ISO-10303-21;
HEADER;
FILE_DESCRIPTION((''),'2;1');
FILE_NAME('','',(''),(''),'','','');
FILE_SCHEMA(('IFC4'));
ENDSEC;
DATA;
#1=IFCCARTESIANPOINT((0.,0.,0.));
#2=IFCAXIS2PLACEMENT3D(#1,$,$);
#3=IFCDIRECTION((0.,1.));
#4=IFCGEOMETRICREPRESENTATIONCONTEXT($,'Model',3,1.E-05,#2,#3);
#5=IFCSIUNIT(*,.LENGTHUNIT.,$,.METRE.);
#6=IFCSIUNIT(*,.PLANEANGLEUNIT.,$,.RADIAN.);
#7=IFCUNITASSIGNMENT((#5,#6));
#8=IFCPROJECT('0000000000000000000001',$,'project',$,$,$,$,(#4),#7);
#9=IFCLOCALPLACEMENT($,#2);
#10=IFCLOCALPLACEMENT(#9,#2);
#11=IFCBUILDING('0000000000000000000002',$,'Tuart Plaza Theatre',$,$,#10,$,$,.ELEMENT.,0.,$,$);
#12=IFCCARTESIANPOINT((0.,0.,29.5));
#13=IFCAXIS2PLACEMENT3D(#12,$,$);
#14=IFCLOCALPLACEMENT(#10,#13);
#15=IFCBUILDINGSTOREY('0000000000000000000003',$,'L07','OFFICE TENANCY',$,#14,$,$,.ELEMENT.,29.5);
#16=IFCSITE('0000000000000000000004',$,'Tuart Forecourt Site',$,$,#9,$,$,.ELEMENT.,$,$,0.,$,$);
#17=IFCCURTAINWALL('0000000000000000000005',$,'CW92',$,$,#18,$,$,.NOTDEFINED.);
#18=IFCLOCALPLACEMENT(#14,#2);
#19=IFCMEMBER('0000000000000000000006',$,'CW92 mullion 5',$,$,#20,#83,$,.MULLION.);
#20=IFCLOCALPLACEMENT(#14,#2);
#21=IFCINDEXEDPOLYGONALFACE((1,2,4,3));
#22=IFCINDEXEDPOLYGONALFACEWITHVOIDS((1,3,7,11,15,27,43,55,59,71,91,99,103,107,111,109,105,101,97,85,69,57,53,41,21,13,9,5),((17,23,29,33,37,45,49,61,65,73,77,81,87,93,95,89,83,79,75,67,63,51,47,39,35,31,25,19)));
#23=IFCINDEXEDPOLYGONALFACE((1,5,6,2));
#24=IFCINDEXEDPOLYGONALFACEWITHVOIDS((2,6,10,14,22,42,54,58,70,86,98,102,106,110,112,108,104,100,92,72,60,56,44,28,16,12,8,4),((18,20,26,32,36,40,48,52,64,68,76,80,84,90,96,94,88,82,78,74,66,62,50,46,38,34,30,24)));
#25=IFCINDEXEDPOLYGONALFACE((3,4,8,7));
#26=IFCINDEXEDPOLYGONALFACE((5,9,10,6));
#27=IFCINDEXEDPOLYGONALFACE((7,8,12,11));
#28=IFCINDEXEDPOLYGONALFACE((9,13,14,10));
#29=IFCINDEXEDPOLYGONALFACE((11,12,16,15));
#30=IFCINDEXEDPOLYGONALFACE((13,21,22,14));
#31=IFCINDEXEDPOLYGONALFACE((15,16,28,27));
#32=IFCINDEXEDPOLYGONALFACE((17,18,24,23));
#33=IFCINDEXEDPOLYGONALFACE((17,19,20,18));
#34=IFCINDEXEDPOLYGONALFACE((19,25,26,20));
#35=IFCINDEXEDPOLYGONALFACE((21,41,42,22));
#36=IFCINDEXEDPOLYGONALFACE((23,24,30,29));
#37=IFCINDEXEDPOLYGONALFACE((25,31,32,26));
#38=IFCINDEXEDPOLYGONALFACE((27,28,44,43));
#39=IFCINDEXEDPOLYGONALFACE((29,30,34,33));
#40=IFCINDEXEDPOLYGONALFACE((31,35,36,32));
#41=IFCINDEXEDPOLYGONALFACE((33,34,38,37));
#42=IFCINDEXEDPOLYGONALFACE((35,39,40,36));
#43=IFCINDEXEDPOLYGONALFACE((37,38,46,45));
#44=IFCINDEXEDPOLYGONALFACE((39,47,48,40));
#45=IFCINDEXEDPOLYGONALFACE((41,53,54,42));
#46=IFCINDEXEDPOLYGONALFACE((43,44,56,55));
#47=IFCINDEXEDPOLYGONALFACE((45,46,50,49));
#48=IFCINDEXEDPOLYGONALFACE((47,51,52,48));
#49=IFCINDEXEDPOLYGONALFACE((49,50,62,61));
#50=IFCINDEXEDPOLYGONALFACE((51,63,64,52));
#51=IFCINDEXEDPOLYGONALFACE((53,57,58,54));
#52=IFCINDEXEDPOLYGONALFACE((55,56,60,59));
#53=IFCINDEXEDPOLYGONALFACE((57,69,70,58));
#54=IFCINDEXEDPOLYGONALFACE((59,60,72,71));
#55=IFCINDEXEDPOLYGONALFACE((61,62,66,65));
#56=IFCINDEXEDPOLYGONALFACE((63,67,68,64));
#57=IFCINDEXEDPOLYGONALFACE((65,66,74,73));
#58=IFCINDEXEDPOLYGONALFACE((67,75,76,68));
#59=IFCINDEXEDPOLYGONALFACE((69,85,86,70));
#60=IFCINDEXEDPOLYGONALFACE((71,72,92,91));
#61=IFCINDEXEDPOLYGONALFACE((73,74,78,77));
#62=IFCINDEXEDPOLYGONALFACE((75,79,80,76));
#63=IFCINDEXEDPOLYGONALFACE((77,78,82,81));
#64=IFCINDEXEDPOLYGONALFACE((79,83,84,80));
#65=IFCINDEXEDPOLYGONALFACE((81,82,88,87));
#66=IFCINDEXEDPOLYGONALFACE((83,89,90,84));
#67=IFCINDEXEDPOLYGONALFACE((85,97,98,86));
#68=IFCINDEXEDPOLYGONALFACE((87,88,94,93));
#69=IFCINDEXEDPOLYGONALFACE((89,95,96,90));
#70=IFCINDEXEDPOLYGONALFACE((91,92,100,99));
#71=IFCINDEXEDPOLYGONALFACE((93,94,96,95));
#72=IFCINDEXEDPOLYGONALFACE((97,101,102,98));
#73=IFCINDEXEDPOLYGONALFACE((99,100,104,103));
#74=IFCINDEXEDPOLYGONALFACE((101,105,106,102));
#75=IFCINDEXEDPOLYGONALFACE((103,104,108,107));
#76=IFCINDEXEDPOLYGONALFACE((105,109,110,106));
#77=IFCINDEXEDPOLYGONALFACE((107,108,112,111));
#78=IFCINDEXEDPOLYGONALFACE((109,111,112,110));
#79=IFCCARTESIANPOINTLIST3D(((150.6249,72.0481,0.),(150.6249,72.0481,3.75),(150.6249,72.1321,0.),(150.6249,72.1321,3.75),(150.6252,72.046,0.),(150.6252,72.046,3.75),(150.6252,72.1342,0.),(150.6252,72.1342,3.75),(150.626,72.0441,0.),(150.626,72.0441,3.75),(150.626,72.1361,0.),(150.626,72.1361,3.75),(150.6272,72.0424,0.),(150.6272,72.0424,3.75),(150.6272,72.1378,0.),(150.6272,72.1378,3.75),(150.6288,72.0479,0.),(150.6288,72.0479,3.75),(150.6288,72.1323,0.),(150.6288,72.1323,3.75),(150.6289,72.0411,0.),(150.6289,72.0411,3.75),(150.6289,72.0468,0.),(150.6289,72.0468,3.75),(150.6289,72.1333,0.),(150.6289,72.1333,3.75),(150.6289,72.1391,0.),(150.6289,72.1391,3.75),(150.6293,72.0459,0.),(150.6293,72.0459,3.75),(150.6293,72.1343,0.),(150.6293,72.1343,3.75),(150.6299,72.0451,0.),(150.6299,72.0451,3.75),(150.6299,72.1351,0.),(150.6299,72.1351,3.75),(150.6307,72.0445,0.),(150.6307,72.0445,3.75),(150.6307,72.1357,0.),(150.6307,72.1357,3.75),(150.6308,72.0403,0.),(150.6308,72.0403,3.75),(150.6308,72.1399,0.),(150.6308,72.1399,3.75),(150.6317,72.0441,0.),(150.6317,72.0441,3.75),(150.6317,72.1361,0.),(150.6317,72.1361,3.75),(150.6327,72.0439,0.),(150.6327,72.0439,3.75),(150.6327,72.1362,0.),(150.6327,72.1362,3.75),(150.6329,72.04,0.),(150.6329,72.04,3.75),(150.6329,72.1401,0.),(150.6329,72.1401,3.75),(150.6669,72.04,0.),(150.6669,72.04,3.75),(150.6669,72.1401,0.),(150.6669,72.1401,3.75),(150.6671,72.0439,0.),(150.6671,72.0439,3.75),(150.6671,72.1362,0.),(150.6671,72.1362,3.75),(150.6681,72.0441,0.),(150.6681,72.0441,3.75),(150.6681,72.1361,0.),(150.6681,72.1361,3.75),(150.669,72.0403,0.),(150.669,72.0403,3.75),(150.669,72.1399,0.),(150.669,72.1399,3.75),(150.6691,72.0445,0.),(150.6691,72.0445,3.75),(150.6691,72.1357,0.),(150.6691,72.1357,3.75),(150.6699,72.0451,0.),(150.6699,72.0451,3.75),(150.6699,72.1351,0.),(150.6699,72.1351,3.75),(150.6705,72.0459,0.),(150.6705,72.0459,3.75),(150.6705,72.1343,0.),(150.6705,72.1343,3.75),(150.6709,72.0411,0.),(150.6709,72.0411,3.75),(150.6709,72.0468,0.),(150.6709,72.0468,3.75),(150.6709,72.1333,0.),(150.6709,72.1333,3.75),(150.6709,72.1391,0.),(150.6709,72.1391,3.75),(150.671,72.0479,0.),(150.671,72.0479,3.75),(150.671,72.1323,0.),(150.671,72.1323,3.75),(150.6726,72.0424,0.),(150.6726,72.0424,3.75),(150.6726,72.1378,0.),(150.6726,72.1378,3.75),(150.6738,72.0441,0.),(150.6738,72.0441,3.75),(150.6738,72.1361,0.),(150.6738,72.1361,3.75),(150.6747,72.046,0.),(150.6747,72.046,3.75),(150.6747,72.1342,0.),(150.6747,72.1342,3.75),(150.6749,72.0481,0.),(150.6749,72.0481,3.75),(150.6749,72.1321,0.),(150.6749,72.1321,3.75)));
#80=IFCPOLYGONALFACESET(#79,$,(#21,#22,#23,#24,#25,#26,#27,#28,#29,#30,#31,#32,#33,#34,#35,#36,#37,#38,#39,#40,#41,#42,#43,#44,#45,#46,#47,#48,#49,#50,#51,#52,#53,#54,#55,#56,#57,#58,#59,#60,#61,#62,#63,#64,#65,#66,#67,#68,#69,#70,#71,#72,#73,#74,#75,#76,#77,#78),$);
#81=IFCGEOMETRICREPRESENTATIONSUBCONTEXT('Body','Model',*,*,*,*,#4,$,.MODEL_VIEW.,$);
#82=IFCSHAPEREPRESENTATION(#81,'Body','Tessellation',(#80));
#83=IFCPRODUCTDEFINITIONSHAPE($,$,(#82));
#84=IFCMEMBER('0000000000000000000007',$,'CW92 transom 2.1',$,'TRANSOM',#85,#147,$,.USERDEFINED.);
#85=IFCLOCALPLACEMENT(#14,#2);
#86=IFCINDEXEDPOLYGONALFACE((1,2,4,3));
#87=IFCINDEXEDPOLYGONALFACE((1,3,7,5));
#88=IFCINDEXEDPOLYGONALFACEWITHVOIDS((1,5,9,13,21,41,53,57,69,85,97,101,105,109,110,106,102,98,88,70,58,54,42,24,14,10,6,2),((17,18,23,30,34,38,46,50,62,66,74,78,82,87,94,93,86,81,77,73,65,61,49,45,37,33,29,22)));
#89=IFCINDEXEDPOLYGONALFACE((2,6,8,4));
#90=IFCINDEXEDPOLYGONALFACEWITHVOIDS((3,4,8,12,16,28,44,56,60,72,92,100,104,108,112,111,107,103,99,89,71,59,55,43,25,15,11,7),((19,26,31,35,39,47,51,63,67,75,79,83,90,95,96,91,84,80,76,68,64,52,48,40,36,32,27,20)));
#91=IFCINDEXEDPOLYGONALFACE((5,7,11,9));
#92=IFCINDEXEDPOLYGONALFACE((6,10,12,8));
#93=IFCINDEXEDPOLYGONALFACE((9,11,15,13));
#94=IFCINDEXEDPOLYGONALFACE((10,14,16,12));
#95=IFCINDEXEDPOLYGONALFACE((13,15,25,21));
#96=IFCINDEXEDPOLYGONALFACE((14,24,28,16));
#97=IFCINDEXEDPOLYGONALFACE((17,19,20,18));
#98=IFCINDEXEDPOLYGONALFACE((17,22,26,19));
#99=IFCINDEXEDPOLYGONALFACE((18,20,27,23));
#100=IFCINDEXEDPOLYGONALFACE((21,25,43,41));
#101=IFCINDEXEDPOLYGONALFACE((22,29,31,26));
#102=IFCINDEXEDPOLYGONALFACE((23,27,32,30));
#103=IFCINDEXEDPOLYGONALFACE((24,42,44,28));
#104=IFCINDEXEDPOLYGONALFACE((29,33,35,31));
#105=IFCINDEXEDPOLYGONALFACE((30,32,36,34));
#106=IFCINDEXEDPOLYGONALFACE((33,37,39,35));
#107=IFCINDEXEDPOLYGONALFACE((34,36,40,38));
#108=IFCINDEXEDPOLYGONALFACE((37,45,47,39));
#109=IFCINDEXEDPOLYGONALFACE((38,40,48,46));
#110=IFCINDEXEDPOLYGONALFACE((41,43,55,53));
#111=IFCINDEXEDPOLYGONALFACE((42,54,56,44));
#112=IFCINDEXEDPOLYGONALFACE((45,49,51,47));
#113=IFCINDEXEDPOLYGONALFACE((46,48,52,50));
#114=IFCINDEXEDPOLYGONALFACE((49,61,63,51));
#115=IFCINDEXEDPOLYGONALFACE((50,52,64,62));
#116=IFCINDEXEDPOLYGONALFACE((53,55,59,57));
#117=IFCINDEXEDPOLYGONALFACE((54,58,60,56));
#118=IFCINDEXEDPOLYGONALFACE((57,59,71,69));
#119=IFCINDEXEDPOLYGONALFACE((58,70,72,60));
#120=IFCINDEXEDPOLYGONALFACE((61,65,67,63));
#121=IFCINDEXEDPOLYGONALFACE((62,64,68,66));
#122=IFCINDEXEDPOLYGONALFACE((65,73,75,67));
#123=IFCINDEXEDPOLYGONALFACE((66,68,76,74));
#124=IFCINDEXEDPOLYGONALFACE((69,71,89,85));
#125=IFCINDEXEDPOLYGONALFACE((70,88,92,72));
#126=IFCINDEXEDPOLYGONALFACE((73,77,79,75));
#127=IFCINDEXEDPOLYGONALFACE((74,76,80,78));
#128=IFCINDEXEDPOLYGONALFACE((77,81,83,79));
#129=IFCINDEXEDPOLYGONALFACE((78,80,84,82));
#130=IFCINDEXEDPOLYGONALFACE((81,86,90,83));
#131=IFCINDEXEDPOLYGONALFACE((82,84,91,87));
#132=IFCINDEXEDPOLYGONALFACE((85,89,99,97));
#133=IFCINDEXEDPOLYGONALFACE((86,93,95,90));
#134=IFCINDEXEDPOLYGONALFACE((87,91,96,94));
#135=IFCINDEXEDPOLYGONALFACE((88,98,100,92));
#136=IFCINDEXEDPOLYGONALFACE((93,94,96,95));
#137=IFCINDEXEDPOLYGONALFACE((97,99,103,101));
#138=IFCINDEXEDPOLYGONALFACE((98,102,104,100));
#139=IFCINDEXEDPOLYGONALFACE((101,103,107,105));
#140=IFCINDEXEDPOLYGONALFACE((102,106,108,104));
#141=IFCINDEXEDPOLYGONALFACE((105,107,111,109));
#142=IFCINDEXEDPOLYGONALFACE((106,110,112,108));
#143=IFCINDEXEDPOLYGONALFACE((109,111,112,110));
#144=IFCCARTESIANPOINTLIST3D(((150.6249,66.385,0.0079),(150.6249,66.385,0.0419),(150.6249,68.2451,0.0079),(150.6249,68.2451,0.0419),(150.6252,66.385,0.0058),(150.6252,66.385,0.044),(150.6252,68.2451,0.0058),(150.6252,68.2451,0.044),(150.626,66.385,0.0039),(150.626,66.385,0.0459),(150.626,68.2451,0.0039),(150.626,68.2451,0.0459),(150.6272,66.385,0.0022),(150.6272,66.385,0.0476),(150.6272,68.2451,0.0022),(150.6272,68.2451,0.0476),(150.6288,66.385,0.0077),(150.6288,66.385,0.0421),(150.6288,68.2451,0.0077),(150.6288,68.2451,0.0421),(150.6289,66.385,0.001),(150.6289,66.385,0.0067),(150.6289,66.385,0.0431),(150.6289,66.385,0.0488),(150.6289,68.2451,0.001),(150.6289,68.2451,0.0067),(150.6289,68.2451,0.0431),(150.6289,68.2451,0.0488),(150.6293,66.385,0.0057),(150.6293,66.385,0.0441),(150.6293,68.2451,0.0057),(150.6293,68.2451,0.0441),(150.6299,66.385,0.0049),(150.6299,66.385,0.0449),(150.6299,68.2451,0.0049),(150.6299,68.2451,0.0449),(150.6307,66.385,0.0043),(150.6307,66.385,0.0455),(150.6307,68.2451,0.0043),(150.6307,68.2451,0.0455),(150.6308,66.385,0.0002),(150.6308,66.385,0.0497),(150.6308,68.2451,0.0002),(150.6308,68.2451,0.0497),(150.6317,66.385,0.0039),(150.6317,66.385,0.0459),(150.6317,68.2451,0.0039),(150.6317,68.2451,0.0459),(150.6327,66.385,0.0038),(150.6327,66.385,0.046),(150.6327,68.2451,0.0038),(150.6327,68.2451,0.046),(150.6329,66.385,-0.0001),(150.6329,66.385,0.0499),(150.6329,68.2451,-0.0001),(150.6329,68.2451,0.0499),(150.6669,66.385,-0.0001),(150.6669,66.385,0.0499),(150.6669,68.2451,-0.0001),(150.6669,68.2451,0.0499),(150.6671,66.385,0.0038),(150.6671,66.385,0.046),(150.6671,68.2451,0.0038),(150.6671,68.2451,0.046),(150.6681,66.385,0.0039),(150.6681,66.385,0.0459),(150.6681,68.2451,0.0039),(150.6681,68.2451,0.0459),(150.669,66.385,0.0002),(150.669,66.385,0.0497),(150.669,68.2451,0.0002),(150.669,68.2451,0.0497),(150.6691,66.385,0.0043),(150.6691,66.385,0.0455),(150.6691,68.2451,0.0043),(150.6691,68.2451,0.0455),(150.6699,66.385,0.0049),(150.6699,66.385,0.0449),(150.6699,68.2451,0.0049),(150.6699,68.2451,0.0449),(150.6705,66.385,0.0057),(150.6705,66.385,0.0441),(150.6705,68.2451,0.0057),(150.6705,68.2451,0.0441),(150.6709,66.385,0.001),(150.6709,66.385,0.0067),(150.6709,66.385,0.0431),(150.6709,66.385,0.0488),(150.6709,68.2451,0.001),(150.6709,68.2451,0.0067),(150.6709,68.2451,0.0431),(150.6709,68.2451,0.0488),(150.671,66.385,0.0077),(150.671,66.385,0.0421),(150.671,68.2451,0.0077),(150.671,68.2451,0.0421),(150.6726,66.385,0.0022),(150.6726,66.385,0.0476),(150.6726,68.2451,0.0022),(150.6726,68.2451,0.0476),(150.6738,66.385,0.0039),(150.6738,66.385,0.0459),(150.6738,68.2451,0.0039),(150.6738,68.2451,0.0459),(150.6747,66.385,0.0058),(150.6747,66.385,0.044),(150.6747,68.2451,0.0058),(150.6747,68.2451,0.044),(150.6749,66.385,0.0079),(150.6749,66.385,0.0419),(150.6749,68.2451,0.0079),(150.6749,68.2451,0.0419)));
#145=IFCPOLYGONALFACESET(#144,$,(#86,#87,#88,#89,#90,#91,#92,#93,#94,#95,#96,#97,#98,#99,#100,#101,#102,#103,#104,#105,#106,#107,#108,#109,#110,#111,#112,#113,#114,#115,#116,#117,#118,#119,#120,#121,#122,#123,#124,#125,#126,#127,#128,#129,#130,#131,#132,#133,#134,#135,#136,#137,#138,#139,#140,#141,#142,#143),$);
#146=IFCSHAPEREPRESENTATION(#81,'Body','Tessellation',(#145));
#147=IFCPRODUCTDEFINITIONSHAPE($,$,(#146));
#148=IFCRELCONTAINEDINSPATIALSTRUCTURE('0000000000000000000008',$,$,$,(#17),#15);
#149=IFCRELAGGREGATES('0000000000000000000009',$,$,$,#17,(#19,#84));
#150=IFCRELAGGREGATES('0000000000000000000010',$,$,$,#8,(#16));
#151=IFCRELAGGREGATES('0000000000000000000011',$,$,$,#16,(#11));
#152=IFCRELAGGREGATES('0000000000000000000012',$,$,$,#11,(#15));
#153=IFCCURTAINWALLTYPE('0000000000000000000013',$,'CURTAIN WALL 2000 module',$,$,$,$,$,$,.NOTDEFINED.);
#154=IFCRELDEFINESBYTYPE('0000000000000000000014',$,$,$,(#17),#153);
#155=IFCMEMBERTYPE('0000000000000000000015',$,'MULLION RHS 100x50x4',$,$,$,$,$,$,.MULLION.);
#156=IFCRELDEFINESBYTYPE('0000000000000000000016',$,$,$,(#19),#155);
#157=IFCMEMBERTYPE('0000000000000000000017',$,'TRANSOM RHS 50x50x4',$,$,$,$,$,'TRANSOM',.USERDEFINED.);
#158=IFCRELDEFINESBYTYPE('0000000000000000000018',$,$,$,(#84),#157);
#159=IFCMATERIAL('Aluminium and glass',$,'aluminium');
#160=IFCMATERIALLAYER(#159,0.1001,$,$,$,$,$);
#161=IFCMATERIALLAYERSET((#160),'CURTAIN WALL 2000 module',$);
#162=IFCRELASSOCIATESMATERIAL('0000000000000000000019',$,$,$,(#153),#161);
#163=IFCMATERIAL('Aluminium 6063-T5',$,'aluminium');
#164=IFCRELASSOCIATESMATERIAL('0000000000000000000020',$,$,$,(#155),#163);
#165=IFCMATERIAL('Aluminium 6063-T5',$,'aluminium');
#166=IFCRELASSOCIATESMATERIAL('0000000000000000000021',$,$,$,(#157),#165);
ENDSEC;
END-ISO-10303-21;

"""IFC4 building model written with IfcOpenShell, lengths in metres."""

from ifc_helpers import new_model, si_unit, direction, frame, origin, origin_2d, place, context, subcontext, project, spatial, hollow_rectangle, extrude, material, layer, layer_set, material_profile, profile_set, type_object, element, aggregate, save


model = new_model("IFC4")

# Units and contexts
model_context = context("Model", 3, precision=1e-05, world=origin(), true_north=direction((0.0, 1.0)))
body_context = subcontext(model_context, "Body", "Model", "MODEL_VIEW")
ifc_project = project(units=[si_unit("LENGTHUNIT", "METRE"), si_unit("PLANEANGLEUNIT", "RADIAN")], contexts=[model_context])

# Site, building, storey
site_placement = place(None, origin())
site = spatial("IfcSite", under=ifc_project, at=site_placement, Name="Tuart Forecourt Site", CompositionType="ELEMENT", RefElevation=0.0)
building_placement = place(site_placement, origin())
building = spatial("IfcBuilding", under=site, at=building_placement, Name="Tuart Plaza Theatre", CompositionType="ELEMENT", ElevationOfRefHeight=0.0)
storey_placement = place(building_placement, frame((0.0, 0.0, 29.5)))
storey = spatial("IfcBuildingStorey", under=building, at=storey_placement, Name="L07", Description="OFFICE TENANCY", CompositionType="ELEMENT", Elevation=29.5)

# Shared definitions
ifc_material_1 = material(Name="Aluminium and glass", Category="aluminium")
ifc_layer_1 = layer(ifc_material_1, 0.1001)
ifc_layer_set_1 = layer_set([ifc_layer_1], Name="CURTAIN WALL 2000 module")
curtain_wall_type = type_object("IfcCurtainWallType", Name="CURTAIN WALL 2000 module", PredefinedType="NOTDEFINED", material=ifc_layer_set_1)
ifc_material_2 = material(Name="Aluminium 6063-T5", Category="aluminium")
ifc_material_profile_1 = material_profile(ifc_material_2, hollow_rectangle(XDim=0.05, YDim=0.1001, WallThickness=0.0039, InnerFilletRadius=0.0039, OuterFilletRadius=0.0081, at=origin_2d()), Name="RHS 100x50x4")
ifc_profile_set_1 = profile_set([ifc_material_profile_1], Name="Aluminium 6063-T5")
member_type_1 = type_object("IfcMemberType", Name="MULLION RHS 100x50x4", PredefinedType="MULLION", material=ifc_profile_set_1)

# Curtain wall, members
curtain_wall_1_placement = place(storey_placement, origin())
curtain_wall_1 = element("IfcCurtainWall", 1, at=curtain_wall_1_placement, inside=storey, type_object=curtain_wall_type, Name="CW92", PredefinedType="NOTDEFINED")
member_1_placement = place(storey_placement, frame((150.6499, 72.0901, 0.0), z_axis=(0.0, 0.0, 1.0), x_axis=(-1.0, 0.0, 0.0)))
member_1 = element("IfcMember", 2, at=member_1_placement, type_object=member_type_1, Name="CW92 mullion 5", PredefinedType="MULLION", context=body_context, shape_type="SweptSolid", body=[
    extrude(hollow_rectangle(XDim=0.05, YDim=0.1001, WallThickness=0.0039, InnerFilletRadius=0.0039, OuterFilletRadius=0.0081, at=origin_2d()), origin(), (0.0, 0.0, 1.0), 3.75),
])
ifc_material_3 = material(Name="Aluminium 6063-T5", Category="aluminium")
ifc_material_profile_2 = material_profile(ifc_material_3, hollow_rectangle(XDim=0.05, YDim=0.05, WallThickness=0.0039, InnerFilletRadius=0.0039, OuterFilletRadius=0.0081, at=origin_2d()), Name="RHS 50x50x4")
ifc_profile_set_2 = profile_set([ifc_material_profile_2], Name="Aluminium 6063-T5")
member_type_2 = type_object("IfcMemberType", Name="TRANSOM RHS 50x50x4", ElementType="TRANSOM", PredefinedType="USERDEFINED", material=ifc_profile_set_2)
member_2_placement = place(storey_placement, frame((150.6499, 66.385, 0.0249), z_axis=(0.0, 1.0, 0.0), x_axis=(-1.0, 0.0, 0.0)))
member_2 = element("IfcMember", 3, at=member_2_placement, type_object=member_type_2, Name="CW92 transom 2.1", ObjectType="TRANSOM", PredefinedType="USERDEFINED", context=body_context, shape_type="SweptSolid", body=[
    extrude(hollow_rectangle(XDim=0.05, YDim=0.05, WallThickness=0.0039, InnerFilletRadius=0.0039, OuterFilletRadius=0.0081, at=origin_2d()), origin(), (0.0, 0.0, 1.0), 1.8601),
])
aggregate(curtain_wall_1, [member_1, member_2])

save(model, "model.ifc")
